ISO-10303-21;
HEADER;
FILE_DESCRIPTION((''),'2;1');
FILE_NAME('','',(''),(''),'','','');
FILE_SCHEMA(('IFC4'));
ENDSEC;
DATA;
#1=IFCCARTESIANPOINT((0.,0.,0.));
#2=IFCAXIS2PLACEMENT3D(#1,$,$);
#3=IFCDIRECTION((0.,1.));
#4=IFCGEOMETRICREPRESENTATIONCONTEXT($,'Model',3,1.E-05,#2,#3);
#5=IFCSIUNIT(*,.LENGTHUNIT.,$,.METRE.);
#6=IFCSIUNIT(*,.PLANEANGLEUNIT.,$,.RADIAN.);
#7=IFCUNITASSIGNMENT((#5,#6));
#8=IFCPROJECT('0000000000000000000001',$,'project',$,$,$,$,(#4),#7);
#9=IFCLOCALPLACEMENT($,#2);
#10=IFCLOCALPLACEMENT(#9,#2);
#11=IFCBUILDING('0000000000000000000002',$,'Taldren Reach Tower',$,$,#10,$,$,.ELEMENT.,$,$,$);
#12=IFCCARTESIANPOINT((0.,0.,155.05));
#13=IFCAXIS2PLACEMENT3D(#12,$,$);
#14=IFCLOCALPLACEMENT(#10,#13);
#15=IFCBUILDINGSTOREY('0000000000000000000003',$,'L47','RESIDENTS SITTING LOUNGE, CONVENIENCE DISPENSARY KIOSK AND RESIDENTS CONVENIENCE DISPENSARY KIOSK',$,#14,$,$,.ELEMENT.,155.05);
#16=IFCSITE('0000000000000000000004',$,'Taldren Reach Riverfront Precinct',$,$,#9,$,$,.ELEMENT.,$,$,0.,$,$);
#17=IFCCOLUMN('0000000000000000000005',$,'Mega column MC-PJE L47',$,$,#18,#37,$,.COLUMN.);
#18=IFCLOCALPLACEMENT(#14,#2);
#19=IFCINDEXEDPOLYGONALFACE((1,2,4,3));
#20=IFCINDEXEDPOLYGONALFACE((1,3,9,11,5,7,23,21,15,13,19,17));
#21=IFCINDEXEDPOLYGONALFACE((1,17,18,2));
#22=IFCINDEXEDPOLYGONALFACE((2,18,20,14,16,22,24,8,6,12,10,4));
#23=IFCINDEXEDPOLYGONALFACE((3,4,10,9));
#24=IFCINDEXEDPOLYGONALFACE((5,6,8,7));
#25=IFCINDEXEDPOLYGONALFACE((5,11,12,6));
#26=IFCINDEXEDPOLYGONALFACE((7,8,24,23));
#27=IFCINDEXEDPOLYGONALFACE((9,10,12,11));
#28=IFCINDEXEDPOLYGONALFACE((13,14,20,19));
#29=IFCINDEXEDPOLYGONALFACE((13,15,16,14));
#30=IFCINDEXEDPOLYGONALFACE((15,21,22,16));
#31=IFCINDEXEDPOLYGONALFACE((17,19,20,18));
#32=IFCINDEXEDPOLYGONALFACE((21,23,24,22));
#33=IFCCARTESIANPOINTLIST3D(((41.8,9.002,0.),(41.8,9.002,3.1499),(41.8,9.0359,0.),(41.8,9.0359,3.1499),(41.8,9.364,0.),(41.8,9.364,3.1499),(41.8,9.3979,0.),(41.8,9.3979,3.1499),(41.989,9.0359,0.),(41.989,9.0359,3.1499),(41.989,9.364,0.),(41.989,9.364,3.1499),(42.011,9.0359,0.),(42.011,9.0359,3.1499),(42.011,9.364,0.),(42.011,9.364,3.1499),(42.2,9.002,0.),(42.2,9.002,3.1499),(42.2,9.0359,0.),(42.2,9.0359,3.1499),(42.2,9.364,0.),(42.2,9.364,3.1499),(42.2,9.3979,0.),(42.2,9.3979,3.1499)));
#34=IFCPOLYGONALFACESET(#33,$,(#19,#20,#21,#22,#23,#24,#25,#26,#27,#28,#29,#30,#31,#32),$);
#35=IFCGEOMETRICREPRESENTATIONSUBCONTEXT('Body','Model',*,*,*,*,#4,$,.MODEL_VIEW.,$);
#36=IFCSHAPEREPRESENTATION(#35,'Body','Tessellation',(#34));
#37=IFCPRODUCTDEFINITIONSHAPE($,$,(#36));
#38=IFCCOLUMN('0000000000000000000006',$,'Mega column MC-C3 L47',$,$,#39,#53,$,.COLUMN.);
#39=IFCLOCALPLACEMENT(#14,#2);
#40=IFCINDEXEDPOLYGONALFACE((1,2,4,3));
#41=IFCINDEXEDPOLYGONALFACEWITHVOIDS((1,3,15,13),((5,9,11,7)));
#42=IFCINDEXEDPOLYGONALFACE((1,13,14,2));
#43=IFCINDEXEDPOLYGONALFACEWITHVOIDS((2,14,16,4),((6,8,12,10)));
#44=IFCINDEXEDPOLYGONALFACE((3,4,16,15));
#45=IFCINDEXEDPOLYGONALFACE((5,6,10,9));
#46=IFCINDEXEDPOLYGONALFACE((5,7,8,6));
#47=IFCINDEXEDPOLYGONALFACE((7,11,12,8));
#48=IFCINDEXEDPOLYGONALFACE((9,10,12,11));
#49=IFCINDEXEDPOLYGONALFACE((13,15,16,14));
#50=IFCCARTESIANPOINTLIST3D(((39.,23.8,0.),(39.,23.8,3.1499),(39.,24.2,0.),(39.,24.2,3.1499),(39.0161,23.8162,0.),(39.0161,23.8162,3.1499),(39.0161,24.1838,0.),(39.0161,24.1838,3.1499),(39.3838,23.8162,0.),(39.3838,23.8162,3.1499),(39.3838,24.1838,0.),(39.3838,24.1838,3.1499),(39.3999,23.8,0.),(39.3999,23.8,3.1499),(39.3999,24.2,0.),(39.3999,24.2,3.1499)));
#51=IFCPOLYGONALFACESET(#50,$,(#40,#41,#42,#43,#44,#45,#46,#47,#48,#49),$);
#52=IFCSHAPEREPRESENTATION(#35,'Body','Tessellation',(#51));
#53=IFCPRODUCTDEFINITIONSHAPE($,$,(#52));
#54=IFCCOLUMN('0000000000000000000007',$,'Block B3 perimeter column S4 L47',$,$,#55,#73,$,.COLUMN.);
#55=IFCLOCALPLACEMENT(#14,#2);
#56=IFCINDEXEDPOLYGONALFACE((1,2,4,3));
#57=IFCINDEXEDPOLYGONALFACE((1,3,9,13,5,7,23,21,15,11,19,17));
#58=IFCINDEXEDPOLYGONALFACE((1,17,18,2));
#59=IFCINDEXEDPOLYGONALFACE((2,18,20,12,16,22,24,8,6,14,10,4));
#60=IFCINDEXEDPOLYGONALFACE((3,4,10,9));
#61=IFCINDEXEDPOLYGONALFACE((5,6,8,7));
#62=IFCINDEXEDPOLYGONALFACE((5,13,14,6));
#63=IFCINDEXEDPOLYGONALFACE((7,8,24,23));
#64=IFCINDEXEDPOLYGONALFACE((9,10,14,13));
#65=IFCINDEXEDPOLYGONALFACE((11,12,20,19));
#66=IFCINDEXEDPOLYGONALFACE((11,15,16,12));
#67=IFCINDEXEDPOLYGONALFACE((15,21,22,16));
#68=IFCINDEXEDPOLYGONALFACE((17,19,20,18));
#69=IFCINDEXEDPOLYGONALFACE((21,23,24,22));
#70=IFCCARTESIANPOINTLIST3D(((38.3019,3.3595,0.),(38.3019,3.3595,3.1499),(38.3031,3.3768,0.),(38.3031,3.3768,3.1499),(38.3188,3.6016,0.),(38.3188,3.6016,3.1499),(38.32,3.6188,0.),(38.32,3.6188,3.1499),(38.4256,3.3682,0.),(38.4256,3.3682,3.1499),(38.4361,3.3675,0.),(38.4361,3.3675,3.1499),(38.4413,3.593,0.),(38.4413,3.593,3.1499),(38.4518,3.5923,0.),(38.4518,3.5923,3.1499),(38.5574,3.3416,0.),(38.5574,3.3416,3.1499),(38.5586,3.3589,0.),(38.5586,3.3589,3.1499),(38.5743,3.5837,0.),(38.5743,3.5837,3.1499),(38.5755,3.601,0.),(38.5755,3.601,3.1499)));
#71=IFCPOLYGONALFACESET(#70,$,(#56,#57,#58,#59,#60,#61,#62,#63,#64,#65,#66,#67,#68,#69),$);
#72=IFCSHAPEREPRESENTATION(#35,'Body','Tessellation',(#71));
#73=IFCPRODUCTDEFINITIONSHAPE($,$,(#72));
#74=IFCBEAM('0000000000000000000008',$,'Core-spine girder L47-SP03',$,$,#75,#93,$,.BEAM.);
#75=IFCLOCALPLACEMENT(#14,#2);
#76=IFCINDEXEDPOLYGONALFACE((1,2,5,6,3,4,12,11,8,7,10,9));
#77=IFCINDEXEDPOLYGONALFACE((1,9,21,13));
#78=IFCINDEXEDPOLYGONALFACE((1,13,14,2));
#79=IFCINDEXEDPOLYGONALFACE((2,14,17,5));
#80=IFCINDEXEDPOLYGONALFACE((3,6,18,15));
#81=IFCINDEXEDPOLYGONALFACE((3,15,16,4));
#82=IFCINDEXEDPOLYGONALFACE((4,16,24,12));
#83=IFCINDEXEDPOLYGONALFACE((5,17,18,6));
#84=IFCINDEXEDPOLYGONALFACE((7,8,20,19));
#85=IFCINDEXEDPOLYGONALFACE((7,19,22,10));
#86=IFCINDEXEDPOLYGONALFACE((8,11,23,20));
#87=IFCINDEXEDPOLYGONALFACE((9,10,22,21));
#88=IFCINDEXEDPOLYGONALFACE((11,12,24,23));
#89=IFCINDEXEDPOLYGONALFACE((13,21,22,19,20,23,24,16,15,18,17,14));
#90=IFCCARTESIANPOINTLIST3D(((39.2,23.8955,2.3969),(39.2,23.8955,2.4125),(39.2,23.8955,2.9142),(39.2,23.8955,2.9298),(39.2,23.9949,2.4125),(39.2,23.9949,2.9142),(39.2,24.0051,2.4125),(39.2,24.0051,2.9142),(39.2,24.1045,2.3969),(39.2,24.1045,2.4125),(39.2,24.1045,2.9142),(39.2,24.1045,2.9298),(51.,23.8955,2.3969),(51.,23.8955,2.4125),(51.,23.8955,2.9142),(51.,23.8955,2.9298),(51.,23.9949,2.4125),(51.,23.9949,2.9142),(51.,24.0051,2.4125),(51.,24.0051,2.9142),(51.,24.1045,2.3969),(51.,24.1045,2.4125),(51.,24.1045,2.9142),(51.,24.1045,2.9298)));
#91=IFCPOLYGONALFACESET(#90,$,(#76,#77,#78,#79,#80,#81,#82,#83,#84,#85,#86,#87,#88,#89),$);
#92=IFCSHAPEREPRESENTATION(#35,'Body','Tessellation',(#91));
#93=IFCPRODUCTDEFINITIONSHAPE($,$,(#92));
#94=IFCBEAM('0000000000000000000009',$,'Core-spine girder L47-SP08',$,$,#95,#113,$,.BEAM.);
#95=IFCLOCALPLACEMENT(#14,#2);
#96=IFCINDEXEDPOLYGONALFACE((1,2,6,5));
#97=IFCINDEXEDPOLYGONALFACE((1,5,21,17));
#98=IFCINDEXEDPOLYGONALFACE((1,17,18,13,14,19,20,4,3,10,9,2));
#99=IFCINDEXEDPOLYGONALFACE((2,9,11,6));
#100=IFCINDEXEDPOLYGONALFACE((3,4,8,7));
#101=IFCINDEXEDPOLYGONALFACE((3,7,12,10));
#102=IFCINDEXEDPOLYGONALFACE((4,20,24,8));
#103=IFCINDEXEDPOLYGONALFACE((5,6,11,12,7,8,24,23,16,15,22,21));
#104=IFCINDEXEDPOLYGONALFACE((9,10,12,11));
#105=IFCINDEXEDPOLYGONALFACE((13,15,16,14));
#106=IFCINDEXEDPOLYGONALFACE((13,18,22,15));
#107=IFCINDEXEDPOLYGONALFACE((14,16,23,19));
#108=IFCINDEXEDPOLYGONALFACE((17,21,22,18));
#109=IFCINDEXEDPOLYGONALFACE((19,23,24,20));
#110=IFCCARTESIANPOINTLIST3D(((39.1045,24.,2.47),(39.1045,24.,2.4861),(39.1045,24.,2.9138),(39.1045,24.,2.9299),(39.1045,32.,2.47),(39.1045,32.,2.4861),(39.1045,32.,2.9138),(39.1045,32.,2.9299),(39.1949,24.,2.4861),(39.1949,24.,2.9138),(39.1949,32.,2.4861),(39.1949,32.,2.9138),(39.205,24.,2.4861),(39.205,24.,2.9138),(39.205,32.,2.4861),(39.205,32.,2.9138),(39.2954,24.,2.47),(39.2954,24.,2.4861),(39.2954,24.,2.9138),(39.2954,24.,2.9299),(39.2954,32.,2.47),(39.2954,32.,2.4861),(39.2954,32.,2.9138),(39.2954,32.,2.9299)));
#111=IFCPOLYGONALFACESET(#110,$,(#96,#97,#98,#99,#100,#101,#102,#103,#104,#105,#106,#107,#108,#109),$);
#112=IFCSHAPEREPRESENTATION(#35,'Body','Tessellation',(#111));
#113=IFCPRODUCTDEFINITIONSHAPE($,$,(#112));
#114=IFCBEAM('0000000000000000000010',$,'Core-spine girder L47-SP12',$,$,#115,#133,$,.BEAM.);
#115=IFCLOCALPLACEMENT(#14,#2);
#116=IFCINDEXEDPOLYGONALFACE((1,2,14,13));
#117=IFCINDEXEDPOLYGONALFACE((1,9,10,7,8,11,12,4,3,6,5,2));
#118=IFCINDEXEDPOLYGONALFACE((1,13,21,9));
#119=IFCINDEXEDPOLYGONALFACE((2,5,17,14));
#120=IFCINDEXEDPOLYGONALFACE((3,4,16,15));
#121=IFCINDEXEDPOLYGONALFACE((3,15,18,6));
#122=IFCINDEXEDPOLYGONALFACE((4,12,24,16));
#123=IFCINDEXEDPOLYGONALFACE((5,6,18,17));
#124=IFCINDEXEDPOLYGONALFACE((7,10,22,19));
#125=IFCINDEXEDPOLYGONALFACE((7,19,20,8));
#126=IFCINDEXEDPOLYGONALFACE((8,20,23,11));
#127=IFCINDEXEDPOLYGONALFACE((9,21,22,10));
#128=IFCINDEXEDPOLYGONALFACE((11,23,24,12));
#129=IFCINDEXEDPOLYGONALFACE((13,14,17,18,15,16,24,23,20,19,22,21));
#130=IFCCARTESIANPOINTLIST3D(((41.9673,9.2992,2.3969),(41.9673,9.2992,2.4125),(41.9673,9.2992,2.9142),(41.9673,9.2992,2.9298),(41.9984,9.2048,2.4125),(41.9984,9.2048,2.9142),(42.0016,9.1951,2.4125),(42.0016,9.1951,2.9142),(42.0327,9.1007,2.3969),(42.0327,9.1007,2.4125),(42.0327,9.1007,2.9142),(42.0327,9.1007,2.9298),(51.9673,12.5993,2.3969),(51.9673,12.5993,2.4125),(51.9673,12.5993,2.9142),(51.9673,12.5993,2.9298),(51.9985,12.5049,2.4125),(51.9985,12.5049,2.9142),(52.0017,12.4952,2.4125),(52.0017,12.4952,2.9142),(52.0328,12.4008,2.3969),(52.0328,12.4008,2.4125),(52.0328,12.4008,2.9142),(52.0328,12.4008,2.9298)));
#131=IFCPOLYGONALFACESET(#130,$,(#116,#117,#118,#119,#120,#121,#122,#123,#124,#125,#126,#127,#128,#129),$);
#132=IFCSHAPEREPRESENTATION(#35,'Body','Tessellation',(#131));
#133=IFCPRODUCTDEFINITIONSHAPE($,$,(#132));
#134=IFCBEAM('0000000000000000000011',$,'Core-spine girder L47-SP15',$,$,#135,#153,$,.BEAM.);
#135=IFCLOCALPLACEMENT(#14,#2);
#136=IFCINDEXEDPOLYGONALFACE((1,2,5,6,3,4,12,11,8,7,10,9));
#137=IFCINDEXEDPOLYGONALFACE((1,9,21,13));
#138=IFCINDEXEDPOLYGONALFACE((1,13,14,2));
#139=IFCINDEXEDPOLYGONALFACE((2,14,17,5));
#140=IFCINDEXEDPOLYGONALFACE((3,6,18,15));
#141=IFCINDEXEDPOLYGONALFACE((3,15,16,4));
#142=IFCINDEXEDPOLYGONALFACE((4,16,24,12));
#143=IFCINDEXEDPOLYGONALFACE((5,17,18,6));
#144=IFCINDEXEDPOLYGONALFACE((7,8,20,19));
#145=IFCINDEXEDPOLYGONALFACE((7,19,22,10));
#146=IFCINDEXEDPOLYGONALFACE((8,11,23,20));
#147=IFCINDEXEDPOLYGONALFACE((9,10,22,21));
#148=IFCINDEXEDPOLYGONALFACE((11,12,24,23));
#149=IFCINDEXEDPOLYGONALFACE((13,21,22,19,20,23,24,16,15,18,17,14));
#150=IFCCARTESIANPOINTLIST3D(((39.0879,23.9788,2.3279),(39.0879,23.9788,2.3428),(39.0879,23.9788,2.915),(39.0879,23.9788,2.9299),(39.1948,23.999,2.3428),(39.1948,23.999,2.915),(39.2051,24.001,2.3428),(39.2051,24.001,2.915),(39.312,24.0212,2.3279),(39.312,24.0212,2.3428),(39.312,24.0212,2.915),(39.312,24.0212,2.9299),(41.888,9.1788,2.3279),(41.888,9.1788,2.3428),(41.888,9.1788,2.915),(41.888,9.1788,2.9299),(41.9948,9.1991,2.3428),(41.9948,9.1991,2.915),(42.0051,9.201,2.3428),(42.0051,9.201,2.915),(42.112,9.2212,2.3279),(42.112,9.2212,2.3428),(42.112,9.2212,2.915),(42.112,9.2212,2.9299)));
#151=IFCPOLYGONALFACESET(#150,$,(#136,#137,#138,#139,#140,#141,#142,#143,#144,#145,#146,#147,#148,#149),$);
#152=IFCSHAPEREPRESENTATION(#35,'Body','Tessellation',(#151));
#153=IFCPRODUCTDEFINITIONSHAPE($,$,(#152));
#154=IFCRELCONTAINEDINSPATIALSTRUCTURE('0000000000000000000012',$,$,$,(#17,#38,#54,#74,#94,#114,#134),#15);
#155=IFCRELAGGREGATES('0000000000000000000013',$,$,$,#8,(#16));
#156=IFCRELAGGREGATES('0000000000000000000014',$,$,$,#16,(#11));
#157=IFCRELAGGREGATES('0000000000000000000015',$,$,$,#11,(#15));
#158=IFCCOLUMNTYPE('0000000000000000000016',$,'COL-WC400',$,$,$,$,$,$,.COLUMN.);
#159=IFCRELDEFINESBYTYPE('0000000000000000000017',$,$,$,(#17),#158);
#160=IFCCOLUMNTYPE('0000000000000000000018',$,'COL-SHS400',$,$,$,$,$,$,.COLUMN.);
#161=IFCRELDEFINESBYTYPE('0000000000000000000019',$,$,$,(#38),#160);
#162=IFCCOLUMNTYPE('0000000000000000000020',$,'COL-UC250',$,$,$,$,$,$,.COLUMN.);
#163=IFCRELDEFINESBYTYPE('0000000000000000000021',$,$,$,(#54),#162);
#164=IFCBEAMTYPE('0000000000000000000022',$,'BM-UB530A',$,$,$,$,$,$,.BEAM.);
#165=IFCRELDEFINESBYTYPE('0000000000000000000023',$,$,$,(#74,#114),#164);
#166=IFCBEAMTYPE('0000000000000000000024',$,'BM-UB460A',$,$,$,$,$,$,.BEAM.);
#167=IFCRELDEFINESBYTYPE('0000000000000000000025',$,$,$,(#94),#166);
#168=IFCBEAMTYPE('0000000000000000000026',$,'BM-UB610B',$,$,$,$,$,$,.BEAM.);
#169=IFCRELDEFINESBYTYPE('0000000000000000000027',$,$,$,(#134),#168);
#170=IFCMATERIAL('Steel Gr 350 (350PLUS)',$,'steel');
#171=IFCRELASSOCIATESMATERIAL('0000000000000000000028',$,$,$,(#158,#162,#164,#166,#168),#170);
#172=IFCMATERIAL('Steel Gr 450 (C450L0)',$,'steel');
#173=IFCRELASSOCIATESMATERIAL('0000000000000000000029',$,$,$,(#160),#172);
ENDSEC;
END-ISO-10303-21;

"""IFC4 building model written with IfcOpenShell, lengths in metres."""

from ifc_helpers import new_model, si_unit, direction, frame, origin, origin_2d, place, context, subcontext, project, spatial, hollow_rectangle, i_section, extrude, source, transform, mapped, material, material_profile, profile_set, type_object, element, save


model = new_model("IFC4")

# Units and contexts
model_context = context("Model", 3, precision=1e-05, world=origin(), true_north=direction((0.0, 1.0)))
body_context = subcontext(model_context, "Body", "Model", "MODEL_VIEW")
ifc_project = project(units=[si_unit("LENGTHUNIT", "METRE"), si_unit("PLANEANGLEUNIT", "RADIAN")], contexts=[model_context])

# Site, building, storey
site_placement = place(None, origin())
site = spatial("IfcSite", under=ifc_project, at=site_placement, Name="Taldren Reach Riverfront Precinct", CompositionType="ELEMENT", RefElevation=0.0)
building_placement = place(site_placement, origin())
building = spatial("IfcBuilding", under=site, at=building_placement, Name="Taldren Reach Tower", CompositionType="ELEMENT")
storey_placement = place(building_placement, frame((0.0, 0.0, 155.05)))
storey = spatial("IfcBuildingStorey", under=building, at=storey_placement, Name="L47", Description="RESIDENTS SITTING LOUNGE, CONVENIENCE DISPENSARY KIOSK AND RESIDENTS CONVENIENCE DISPENSARY KIOSK", CompositionType="ELEMENT", Elevation=155.05)

# Columns
ifc_material_1 = material(Name="Steel Gr 350 (350PLUS)", Category="steel")
ifc_material_profile_1 = material_profile(ifc_material_1, i_section(OverallWidth=0.3999, OverallDepth=0.396, WebThickness=0.022, FlangeThickness=0.0339, at=origin_2d()), Name="400WC270")
ifc_profile_set_1 = profile_set([ifc_material_profile_1], Name="Steel Gr 350 (350PLUS)")
column_type_1 = type_object("IfcColumnType", Name="COL-WC400", PredefinedType="COLUMN", material=ifc_profile_set_1)
shared_shape_1 = source(origin(), body_context, "Body", "SweptSolid", [
    extrude(i_section(OverallWidth=0.3999, OverallDepth=0.396, WebThickness=0.022, FlangeThickness=0.0339, at=origin_2d()), origin(), (0.0, 0.0, 1.0), 3.1499),
])
column_1_placement = place(storey_placement, frame((42.0, 9.2, 0.0), z_axis=(0.0, 0.0, 1.0), x_axis=(1.0, 0.0, 0.0)))
element("IfcColumn", 1, at=column_1_placement, inside=storey, type_object=column_type_1, Name="Mega column MC-PJE L47", PredefinedType="COLUMN", context=body_context, shape_type="MappedRepresentation", body=[
    mapped(shared_shape_1, transform((0.0, 0.0, 0.0), scale=1.0)),
])
ifc_material_2 = material(Name="Steel Gr 450 (C450L0)", Category="steel")
ifc_material_profile_2 = material_profile(ifc_material_2, hollow_rectangle(XDim=0.3999, YDim=0.3999, WallThickness=0.0161, at=origin_2d()), Name="400x400x16.0SHS")
ifc_profile_set_2 = profile_set([ifc_material_profile_2], Name="Steel Gr 450 (C450L0)")
column_type_2 = type_object("IfcColumnType", Name="COL-SHS400", PredefinedType="COLUMN", material=ifc_profile_set_2)
shared_shape_2 = source(origin(), body_context, "Body", "SweptSolid", [
    extrude(hollow_rectangle(XDim=0.3999, YDim=0.3999, WallThickness=0.0161, at=origin_2d()), origin(), (0.0, 0.0, 1.0), 3.1499),
])
column_2_placement = place(storey_placement, frame((39.2, 24.0, 0.0), z_axis=(0.0, 0.0, 1.0), x_axis=(1.0, 0.0, 0.0)))
element("IfcColumn", 2, at=column_2_placement, inside=storey, type_object=column_type_2, Name="Mega column MC-C3 L47", PredefinedType="COLUMN", context=body_context, shape_type="MappedRepresentation", body=[
    mapped(shared_shape_2, transform((0.0, 0.0, 0.0), scale=1.0)),
])
ifc_material_profile_3 = material_profile(ifc_material_1, i_section(OverallWidth=0.2561, OverallDepth=0.26, WebThickness=0.0105, FlangeThickness=0.0173, at=origin_2d()), Name="250UC89.5")
ifc_profile_set_3 = profile_set([ifc_material_profile_3], Name="Steel Gr 350 (350PLUS)")
column_type_3 = type_object("IfcColumnType", Name="COL-UC250", PredefinedType="COLUMN", material=ifc_profile_set_3)
shared_shape_3 = source(origin(), body_context, "Body", "SweptSolid", [
    extrude(i_section(OverallWidth=0.2561, OverallDepth=0.26, WebThickness=0.0105, FlangeThickness=0.0173, at=origin_2d()), origin(), (0.0, 0.0, 1.0), 3.1499),
])
column_3_placement = place(storey_placement, frame((38.4387, 3.4802, 0.0), z_axis=(0.0, 0.0, 1.0), x_axis=(0.997564, -0.069756, 0.0)))
element("IfcColumn", 3, at=column_3_placement, inside=storey, type_object=column_type_3, Name="Block B3 perimeter column S4 L47", PredefinedType="COLUMN", context=body_context, shape_type="MappedRepresentation", body=[
    mapped(shared_shape_3, transform((0.0, 0.0, 0.0), scale=1.0)),
])

# Beams
ifc_material_profile_4 = material_profile(ifc_material_1, i_section(OverallWidth=0.209, OverallDepth=0.533, WebThickness=0.0103, FlangeThickness=0.0156, at=origin_2d()), Name="530UB92.4")
ifc_profile_set_4 = profile_set([ifc_material_profile_4], Name="Steel Gr 350 (350PLUS)")
beam_type_1 = type_object("IfcBeamType", Name="BM-UB530A", PredefinedType="BEAM", material=ifc_profile_set_4)
shared_shape_4 = source(origin(), body_context, "Body", "SweptSolid", [
    extrude(i_section(OverallWidth=0.209, OverallDepth=0.533, WebThickness=0.0103, FlangeThickness=0.0156, at=origin_2d()), origin(), (0.0, 0.0, 1.0), 11.8),
])
beam_1_placement = place(storey_placement, frame((39.2, 24.0, 2.6633), z_axis=(1.0, 0.0, 0.0), x_axis=(0.0, 1.0, 0.0)))
element("IfcBeam", 4, at=beam_1_placement, inside=storey, type_object=beam_type_1, Name="Core-spine girder L47-SP03", PredefinedType="BEAM", context=body_context, shape_type="MappedRepresentation", body=[
    mapped(shared_shape_4, transform((0.0, 0.0, 0.0), scale=1.0)),
])
ifc_material_profile_5 = material_profile(ifc_material_1, i_section(OverallWidth=0.1909, OverallDepth=0.46, WebThickness=0.01, FlangeThickness=0.0161, at=origin_2d()), Name="460UB82.1")
ifc_profile_set_5 = profile_set([ifc_material_profile_5], Name="Steel Gr 350 (350PLUS)")
beam_type_2 = type_object("IfcBeamType", Name="BM-UB460A", PredefinedType="BEAM", material=ifc_profile_set_5)
shared_shape_5 = source(origin(), body_context, "Body", "SweptSolid", [
    extrude(i_section(OverallWidth=0.1909, OverallDepth=0.46, WebThickness=0.01, FlangeThickness=0.0161, at=origin_2d()), origin(), (0.0, 0.0, 1.0), 8.0),
])
beam_2_placement = place(storey_placement, frame((39.2, 24.0, 2.7), z_axis=(0.0, 1.0, 0.0), x_axis=(-1.0, 0.0, 0.0)))
element("IfcBeam", 5, at=beam_2_placement, inside=storey, type_object=beam_type_2, Name="Core-spine girder L47-SP08", PredefinedType="BEAM", context=body_context, shape_type="MappedRepresentation", body=[
    mapped(shared_shape_5, transform((0.0, 0.0, 0.0), scale=1.0)),
])
shared_shape_6 = source(origin(), body_context, "Body", "SweptSolid", [
    extrude(i_section(OverallWidth=0.209, OverallDepth=0.533, WebThickness=0.0103, FlangeThickness=0.0156, at=origin_2d()), origin(), (0.0, 0.0, 1.0), 10.5305),
])
beam_3_placement = place(storey_placement, frame((42.0, 9.2, 2.6633), z_axis=(0.949627, 0.313382, 0.0), x_axis=(-0.313382, 0.949627, 0.0)))
element("IfcBeam", 6, at=beam_3_placement, inside=storey, type_object=beam_type_1, Name="Core-spine girder L47-SP12", PredefinedType="BEAM", context=body_context, shape_type="MappedRepresentation", body=[
    mapped(shared_shape_6, transform((0.0, 0.0, 0.0), scale=1.0)),
])
ifc_material_profile_6 = material_profile(ifc_material_1, i_section(OverallWidth=0.228, OverallDepth=0.6021, WebThickness=0.0105, FlangeThickness=0.0149, at=origin_2d()), Name="610UB101")
ifc_profile_set_6 = profile_set([ifc_material_profile_6], Name="Steel Gr 350 (350PLUS)")
beam_type_3 = type_object("IfcBeamType", Name="BM-UB610B", PredefinedType="BEAM", material=ifc_profile_set_6)
shared_shape_7 = source(origin(), body_context, "Body", "SweptSolid", [
    extrude(i_section(OverallWidth=0.228, OverallDepth=0.6021, WebThickness=0.0105, FlangeThickness=0.0149, at=origin_2d()), origin(), (0.0, 0.0, 1.0), 15.0625),
])
beam_4_placement = place(storey_placement, frame((39.2, 24.0, 2.6289), z_axis=(0.185894, -0.98257, 0.0), x_axis=(0.98257, 0.185894, 0.0)))
element("IfcBeam", 7, at=beam_4_placement, inside=storey, type_object=beam_type_3, Name="Core-spine girder L47-SP15", PredefinedType="BEAM", context=body_context, shape_type="MappedRepresentation", body=[
    mapped(shared_shape_7, transform((0.0, 0.0, 0.0), scale=1.0)),
])

save(model, "model.ifc")
